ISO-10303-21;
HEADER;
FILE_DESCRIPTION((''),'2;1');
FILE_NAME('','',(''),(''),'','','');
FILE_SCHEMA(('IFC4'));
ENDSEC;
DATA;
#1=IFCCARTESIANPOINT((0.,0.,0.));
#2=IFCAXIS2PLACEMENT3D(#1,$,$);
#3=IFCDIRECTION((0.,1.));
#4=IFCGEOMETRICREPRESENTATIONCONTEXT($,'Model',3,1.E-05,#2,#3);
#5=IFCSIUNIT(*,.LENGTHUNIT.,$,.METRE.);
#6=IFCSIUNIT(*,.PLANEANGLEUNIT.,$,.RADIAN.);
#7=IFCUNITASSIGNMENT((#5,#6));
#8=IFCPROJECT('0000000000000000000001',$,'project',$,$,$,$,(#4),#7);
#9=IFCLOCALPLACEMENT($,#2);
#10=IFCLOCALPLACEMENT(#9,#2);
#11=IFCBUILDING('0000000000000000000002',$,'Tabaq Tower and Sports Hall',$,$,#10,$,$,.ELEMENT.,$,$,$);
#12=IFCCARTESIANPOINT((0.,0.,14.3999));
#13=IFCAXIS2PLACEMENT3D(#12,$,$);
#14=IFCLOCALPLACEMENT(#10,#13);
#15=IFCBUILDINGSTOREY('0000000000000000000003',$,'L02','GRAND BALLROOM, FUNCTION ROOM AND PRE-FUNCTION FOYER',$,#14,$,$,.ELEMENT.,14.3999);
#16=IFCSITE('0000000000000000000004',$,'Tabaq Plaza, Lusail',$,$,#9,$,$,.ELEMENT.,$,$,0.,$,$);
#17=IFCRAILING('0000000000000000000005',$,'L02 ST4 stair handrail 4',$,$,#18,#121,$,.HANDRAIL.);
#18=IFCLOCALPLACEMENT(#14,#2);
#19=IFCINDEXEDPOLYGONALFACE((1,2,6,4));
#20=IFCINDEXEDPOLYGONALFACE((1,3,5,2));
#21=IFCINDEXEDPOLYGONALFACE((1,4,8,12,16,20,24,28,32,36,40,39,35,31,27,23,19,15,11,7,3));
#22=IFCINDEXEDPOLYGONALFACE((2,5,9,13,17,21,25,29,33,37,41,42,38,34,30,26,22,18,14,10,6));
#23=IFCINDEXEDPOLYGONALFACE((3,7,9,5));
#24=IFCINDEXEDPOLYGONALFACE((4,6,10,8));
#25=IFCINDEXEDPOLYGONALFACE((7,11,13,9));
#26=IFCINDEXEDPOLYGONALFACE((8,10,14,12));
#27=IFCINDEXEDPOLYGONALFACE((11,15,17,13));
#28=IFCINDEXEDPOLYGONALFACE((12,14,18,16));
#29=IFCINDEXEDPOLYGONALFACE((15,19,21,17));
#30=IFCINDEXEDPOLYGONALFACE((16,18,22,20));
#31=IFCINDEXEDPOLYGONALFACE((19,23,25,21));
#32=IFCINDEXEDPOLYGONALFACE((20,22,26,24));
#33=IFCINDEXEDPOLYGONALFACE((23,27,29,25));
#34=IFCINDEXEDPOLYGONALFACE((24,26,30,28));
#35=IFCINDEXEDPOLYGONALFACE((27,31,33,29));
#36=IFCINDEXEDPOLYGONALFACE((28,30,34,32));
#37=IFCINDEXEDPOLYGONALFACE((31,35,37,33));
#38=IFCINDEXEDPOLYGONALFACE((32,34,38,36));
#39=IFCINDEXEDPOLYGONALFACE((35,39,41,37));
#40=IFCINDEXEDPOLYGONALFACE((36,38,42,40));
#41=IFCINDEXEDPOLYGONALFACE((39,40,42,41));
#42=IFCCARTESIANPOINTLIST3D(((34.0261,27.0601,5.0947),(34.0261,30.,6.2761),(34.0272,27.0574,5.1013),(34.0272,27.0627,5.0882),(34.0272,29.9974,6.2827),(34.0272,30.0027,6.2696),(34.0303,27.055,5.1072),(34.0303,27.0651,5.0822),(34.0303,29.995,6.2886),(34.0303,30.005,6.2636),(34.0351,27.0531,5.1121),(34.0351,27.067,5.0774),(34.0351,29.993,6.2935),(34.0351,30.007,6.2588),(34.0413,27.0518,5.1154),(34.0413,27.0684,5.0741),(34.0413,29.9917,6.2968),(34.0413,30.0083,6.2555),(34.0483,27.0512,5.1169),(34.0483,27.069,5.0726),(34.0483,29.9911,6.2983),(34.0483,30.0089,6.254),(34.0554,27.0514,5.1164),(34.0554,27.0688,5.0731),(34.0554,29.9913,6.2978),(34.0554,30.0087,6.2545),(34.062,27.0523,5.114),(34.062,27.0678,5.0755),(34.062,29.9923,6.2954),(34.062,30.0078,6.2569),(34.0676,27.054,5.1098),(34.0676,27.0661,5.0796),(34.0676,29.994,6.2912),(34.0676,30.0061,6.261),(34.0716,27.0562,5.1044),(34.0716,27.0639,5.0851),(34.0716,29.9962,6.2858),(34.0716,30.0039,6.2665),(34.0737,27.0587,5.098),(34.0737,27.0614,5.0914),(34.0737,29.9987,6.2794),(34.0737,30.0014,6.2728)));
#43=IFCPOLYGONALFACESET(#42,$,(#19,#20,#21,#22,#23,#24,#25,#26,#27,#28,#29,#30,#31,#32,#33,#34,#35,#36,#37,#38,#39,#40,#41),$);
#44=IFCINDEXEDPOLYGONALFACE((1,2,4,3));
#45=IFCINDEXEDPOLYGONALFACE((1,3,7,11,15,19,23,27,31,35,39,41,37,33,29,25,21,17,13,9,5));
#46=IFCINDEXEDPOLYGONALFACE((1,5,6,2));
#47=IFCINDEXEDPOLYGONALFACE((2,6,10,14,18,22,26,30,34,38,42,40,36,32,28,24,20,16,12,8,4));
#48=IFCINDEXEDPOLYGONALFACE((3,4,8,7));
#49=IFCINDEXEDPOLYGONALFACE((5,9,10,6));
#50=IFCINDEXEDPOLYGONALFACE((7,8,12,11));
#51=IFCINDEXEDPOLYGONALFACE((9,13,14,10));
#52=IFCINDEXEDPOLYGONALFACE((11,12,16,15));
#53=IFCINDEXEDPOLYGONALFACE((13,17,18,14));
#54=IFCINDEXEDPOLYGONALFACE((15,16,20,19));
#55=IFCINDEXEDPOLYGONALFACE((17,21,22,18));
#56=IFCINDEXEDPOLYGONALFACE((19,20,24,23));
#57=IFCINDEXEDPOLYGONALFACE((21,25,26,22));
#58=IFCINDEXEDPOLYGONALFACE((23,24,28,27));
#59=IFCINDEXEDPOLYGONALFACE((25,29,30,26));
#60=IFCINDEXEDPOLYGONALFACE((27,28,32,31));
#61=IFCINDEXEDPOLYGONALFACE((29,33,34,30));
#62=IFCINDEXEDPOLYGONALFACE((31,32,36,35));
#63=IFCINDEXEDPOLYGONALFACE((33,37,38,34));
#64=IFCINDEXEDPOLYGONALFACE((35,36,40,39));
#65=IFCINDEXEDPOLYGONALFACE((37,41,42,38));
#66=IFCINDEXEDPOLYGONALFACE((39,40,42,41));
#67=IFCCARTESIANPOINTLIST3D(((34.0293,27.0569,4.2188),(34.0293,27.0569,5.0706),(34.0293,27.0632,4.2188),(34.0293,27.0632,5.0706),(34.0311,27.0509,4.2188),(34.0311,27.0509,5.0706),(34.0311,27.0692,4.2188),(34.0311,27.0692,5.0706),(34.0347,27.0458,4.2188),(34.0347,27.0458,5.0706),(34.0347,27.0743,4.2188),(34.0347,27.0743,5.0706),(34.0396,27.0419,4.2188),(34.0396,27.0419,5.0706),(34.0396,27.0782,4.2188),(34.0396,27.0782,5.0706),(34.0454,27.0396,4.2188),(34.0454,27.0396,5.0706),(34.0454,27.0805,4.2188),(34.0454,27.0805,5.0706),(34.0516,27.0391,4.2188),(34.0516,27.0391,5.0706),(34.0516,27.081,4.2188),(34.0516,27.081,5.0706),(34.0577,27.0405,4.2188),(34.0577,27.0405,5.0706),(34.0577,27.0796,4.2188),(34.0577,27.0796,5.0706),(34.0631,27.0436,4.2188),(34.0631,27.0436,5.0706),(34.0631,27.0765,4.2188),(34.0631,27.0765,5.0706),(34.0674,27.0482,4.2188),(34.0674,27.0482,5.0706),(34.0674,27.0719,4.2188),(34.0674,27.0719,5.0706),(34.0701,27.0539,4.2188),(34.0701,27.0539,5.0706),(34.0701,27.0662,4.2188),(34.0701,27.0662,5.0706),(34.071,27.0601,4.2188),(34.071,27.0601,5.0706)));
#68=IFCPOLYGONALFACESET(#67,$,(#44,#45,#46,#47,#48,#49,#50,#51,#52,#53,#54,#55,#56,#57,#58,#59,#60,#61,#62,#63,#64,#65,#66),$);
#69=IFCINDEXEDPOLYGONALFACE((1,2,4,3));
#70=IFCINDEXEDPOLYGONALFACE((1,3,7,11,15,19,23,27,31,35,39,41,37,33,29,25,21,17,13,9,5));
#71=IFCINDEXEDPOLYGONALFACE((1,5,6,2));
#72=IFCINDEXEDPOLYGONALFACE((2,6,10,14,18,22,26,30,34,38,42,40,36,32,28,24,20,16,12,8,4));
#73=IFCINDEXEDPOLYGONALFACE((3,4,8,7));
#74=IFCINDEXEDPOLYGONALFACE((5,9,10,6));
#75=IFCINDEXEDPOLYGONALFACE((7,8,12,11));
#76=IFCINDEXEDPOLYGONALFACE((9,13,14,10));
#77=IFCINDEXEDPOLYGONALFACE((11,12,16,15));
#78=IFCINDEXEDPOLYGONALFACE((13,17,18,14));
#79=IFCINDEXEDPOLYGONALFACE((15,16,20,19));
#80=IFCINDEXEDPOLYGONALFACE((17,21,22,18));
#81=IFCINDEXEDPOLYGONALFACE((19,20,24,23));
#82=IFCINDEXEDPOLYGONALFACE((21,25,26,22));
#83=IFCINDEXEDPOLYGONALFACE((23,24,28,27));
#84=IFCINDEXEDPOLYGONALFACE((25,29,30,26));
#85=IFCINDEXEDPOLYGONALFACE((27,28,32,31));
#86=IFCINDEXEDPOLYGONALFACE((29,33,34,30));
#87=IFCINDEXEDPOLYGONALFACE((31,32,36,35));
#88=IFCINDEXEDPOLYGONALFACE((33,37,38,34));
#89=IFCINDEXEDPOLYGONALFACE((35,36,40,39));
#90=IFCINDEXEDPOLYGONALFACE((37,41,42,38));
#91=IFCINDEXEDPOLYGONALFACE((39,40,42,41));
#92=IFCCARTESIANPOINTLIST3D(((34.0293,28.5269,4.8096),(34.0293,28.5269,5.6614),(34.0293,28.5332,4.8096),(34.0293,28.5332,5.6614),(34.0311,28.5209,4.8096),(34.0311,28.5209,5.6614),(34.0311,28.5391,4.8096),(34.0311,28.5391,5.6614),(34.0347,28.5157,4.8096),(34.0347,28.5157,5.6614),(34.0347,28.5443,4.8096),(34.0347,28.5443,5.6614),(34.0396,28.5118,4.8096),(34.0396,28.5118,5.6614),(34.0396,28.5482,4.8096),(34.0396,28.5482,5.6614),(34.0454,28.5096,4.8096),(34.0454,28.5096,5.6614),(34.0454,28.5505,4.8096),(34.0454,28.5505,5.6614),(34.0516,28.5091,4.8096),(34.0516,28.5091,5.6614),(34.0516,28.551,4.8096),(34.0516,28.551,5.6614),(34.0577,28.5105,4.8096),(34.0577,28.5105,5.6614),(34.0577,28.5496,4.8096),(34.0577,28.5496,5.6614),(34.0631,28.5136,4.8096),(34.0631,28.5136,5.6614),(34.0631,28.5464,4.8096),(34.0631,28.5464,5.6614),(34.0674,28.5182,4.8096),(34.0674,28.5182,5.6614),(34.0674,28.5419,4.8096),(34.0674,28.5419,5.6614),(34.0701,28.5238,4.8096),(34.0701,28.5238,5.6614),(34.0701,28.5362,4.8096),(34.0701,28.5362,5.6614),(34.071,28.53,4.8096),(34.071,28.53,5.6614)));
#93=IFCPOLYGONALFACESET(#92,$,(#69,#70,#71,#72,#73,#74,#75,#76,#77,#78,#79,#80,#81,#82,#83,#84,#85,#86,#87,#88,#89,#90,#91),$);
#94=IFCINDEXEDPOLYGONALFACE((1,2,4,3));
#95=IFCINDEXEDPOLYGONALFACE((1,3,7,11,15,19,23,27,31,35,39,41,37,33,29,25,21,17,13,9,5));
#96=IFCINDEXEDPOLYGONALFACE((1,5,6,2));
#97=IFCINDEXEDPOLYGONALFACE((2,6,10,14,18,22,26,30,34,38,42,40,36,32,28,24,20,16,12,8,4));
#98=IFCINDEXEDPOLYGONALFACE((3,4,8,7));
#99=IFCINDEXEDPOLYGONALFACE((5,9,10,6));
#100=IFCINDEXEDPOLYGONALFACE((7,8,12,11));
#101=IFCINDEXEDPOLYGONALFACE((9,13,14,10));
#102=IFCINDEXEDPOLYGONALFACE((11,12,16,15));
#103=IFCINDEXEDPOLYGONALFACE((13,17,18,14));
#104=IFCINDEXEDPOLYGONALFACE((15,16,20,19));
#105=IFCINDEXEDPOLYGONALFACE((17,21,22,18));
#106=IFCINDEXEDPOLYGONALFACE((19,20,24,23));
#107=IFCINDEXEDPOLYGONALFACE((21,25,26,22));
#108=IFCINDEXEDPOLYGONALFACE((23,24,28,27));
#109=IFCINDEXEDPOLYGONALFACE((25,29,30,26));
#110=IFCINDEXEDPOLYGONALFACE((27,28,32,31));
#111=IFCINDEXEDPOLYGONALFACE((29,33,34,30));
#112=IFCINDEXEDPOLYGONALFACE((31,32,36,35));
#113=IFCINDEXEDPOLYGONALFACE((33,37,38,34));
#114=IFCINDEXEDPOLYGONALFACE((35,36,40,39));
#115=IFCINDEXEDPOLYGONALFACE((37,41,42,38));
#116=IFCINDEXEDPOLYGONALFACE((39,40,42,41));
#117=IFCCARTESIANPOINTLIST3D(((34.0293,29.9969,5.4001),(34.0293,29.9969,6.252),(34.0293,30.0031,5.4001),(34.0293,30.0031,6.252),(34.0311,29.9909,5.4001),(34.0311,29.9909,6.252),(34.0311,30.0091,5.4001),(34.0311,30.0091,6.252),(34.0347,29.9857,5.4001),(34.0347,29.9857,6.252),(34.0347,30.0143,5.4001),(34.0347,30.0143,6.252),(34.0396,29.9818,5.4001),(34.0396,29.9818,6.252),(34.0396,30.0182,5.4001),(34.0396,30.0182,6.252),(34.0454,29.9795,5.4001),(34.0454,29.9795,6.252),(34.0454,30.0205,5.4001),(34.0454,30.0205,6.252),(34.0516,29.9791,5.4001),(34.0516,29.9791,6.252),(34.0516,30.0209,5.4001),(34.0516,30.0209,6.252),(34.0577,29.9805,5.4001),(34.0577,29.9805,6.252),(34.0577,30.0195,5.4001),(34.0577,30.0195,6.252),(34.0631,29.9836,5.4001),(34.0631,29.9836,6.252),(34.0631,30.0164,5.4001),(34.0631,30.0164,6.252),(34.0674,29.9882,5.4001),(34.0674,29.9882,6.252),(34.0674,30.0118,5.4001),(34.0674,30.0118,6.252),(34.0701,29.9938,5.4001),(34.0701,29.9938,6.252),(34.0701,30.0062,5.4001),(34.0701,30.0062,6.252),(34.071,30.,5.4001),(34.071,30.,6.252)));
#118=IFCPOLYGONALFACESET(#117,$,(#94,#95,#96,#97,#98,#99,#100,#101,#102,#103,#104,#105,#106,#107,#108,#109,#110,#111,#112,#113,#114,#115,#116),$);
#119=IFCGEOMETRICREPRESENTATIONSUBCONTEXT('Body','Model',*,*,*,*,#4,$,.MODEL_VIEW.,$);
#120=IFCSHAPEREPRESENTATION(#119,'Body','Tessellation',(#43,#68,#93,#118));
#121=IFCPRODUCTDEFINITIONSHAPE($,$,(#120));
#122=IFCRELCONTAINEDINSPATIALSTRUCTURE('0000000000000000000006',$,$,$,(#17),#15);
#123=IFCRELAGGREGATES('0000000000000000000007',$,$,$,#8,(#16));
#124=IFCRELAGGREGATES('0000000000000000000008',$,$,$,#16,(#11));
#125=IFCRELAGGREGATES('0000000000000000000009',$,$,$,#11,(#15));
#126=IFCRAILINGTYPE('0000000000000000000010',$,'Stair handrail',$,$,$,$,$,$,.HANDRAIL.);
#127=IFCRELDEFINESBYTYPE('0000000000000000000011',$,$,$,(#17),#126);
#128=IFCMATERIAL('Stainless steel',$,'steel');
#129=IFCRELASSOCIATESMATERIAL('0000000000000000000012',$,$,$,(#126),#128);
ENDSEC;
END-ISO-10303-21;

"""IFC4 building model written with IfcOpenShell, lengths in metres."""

from ifc_helpers import new_model, si_unit, direction, frame, origin, origin_2d, place, context, subcontext, project, spatial, circle, extrude, material, type_object, element, save


model = new_model("IFC4")

# Units and contexts
model_context = context("Model", 3, precision=1e-05, world=origin(), true_north=direction((0.0, 1.0)))
body_context = subcontext(model_context, "Body", "Model", "MODEL_VIEW")
ifc_project = project(units=[si_unit("LENGTHUNIT", "METRE"), si_unit("PLANEANGLEUNIT", "RADIAN")], contexts=[model_context])

# Site, building, storey
site_placement = place(None, origin())
site = spatial("IfcSite", under=ifc_project, at=site_placement, Name="Tabaq Plaza, Lusail", CompositionType="ELEMENT", RefElevation=0.0)
building_placement = place(site_placement, origin())
building = spatial("IfcBuilding", under=site, at=building_placement, Name="Tabaq Tower and Sports Hall", CompositionType="ELEMENT")
storey_placement = place(building_placement, frame((0.0, 0.0, 14.3999)))
storey = spatial("IfcBuildingStorey", under=building, at=storey_placement, Name="L02", Description="GRAND BALLROOM, FUNCTION ROOM AND PRE-FUNCTION FOYER", CompositionType="ELEMENT", Elevation=14.3999)

# Railing
ifc_material_1 = material(Name="Stainless steel", Category="steel")
railing_type_1 = type_object("IfcRailingType", Name="Stair handrail", PredefinedType="HANDRAIL", material=ifc_material_1)
railing_1_placement = place(storey_placement, frame((34.05, 27.0601, 4.2188)))
element("IfcRailing", 1, at=railing_1_placement, inside=storey, type_object=railing_type_1, Name="L02 ST4 stair handrail 4", PredefinedType="HANDRAIL", context=body_context, shape_type="SweptSolid", body=[
    extrude(circle(Radius=0.0239, at=origin_2d()), frame((0.0, 0.0, 0.876), z_axis=(0.0, 0.927886, 0.372865), x_axis=(-1.0, 0.0, 0.0)), (0.0, 0.0, 1.0), 3.1685),
    extrude(circle(Radius=0.021, at=origin_2d()), origin(), (0.0, 0.0, 1.0), 0.8518),
    extrude(circle(Radius=0.021, at=origin_2d()), frame((0.0, 1.47, 0.5908)), (0.0, 0.0, 1.0), 0.8518),
    extrude(circle(Radius=0.021, at=origin_2d()), frame((0.0, 2.9399, 1.1814)), (0.0, 0.0, 1.0), 0.8518),
])

save(model, "model.ifc")
